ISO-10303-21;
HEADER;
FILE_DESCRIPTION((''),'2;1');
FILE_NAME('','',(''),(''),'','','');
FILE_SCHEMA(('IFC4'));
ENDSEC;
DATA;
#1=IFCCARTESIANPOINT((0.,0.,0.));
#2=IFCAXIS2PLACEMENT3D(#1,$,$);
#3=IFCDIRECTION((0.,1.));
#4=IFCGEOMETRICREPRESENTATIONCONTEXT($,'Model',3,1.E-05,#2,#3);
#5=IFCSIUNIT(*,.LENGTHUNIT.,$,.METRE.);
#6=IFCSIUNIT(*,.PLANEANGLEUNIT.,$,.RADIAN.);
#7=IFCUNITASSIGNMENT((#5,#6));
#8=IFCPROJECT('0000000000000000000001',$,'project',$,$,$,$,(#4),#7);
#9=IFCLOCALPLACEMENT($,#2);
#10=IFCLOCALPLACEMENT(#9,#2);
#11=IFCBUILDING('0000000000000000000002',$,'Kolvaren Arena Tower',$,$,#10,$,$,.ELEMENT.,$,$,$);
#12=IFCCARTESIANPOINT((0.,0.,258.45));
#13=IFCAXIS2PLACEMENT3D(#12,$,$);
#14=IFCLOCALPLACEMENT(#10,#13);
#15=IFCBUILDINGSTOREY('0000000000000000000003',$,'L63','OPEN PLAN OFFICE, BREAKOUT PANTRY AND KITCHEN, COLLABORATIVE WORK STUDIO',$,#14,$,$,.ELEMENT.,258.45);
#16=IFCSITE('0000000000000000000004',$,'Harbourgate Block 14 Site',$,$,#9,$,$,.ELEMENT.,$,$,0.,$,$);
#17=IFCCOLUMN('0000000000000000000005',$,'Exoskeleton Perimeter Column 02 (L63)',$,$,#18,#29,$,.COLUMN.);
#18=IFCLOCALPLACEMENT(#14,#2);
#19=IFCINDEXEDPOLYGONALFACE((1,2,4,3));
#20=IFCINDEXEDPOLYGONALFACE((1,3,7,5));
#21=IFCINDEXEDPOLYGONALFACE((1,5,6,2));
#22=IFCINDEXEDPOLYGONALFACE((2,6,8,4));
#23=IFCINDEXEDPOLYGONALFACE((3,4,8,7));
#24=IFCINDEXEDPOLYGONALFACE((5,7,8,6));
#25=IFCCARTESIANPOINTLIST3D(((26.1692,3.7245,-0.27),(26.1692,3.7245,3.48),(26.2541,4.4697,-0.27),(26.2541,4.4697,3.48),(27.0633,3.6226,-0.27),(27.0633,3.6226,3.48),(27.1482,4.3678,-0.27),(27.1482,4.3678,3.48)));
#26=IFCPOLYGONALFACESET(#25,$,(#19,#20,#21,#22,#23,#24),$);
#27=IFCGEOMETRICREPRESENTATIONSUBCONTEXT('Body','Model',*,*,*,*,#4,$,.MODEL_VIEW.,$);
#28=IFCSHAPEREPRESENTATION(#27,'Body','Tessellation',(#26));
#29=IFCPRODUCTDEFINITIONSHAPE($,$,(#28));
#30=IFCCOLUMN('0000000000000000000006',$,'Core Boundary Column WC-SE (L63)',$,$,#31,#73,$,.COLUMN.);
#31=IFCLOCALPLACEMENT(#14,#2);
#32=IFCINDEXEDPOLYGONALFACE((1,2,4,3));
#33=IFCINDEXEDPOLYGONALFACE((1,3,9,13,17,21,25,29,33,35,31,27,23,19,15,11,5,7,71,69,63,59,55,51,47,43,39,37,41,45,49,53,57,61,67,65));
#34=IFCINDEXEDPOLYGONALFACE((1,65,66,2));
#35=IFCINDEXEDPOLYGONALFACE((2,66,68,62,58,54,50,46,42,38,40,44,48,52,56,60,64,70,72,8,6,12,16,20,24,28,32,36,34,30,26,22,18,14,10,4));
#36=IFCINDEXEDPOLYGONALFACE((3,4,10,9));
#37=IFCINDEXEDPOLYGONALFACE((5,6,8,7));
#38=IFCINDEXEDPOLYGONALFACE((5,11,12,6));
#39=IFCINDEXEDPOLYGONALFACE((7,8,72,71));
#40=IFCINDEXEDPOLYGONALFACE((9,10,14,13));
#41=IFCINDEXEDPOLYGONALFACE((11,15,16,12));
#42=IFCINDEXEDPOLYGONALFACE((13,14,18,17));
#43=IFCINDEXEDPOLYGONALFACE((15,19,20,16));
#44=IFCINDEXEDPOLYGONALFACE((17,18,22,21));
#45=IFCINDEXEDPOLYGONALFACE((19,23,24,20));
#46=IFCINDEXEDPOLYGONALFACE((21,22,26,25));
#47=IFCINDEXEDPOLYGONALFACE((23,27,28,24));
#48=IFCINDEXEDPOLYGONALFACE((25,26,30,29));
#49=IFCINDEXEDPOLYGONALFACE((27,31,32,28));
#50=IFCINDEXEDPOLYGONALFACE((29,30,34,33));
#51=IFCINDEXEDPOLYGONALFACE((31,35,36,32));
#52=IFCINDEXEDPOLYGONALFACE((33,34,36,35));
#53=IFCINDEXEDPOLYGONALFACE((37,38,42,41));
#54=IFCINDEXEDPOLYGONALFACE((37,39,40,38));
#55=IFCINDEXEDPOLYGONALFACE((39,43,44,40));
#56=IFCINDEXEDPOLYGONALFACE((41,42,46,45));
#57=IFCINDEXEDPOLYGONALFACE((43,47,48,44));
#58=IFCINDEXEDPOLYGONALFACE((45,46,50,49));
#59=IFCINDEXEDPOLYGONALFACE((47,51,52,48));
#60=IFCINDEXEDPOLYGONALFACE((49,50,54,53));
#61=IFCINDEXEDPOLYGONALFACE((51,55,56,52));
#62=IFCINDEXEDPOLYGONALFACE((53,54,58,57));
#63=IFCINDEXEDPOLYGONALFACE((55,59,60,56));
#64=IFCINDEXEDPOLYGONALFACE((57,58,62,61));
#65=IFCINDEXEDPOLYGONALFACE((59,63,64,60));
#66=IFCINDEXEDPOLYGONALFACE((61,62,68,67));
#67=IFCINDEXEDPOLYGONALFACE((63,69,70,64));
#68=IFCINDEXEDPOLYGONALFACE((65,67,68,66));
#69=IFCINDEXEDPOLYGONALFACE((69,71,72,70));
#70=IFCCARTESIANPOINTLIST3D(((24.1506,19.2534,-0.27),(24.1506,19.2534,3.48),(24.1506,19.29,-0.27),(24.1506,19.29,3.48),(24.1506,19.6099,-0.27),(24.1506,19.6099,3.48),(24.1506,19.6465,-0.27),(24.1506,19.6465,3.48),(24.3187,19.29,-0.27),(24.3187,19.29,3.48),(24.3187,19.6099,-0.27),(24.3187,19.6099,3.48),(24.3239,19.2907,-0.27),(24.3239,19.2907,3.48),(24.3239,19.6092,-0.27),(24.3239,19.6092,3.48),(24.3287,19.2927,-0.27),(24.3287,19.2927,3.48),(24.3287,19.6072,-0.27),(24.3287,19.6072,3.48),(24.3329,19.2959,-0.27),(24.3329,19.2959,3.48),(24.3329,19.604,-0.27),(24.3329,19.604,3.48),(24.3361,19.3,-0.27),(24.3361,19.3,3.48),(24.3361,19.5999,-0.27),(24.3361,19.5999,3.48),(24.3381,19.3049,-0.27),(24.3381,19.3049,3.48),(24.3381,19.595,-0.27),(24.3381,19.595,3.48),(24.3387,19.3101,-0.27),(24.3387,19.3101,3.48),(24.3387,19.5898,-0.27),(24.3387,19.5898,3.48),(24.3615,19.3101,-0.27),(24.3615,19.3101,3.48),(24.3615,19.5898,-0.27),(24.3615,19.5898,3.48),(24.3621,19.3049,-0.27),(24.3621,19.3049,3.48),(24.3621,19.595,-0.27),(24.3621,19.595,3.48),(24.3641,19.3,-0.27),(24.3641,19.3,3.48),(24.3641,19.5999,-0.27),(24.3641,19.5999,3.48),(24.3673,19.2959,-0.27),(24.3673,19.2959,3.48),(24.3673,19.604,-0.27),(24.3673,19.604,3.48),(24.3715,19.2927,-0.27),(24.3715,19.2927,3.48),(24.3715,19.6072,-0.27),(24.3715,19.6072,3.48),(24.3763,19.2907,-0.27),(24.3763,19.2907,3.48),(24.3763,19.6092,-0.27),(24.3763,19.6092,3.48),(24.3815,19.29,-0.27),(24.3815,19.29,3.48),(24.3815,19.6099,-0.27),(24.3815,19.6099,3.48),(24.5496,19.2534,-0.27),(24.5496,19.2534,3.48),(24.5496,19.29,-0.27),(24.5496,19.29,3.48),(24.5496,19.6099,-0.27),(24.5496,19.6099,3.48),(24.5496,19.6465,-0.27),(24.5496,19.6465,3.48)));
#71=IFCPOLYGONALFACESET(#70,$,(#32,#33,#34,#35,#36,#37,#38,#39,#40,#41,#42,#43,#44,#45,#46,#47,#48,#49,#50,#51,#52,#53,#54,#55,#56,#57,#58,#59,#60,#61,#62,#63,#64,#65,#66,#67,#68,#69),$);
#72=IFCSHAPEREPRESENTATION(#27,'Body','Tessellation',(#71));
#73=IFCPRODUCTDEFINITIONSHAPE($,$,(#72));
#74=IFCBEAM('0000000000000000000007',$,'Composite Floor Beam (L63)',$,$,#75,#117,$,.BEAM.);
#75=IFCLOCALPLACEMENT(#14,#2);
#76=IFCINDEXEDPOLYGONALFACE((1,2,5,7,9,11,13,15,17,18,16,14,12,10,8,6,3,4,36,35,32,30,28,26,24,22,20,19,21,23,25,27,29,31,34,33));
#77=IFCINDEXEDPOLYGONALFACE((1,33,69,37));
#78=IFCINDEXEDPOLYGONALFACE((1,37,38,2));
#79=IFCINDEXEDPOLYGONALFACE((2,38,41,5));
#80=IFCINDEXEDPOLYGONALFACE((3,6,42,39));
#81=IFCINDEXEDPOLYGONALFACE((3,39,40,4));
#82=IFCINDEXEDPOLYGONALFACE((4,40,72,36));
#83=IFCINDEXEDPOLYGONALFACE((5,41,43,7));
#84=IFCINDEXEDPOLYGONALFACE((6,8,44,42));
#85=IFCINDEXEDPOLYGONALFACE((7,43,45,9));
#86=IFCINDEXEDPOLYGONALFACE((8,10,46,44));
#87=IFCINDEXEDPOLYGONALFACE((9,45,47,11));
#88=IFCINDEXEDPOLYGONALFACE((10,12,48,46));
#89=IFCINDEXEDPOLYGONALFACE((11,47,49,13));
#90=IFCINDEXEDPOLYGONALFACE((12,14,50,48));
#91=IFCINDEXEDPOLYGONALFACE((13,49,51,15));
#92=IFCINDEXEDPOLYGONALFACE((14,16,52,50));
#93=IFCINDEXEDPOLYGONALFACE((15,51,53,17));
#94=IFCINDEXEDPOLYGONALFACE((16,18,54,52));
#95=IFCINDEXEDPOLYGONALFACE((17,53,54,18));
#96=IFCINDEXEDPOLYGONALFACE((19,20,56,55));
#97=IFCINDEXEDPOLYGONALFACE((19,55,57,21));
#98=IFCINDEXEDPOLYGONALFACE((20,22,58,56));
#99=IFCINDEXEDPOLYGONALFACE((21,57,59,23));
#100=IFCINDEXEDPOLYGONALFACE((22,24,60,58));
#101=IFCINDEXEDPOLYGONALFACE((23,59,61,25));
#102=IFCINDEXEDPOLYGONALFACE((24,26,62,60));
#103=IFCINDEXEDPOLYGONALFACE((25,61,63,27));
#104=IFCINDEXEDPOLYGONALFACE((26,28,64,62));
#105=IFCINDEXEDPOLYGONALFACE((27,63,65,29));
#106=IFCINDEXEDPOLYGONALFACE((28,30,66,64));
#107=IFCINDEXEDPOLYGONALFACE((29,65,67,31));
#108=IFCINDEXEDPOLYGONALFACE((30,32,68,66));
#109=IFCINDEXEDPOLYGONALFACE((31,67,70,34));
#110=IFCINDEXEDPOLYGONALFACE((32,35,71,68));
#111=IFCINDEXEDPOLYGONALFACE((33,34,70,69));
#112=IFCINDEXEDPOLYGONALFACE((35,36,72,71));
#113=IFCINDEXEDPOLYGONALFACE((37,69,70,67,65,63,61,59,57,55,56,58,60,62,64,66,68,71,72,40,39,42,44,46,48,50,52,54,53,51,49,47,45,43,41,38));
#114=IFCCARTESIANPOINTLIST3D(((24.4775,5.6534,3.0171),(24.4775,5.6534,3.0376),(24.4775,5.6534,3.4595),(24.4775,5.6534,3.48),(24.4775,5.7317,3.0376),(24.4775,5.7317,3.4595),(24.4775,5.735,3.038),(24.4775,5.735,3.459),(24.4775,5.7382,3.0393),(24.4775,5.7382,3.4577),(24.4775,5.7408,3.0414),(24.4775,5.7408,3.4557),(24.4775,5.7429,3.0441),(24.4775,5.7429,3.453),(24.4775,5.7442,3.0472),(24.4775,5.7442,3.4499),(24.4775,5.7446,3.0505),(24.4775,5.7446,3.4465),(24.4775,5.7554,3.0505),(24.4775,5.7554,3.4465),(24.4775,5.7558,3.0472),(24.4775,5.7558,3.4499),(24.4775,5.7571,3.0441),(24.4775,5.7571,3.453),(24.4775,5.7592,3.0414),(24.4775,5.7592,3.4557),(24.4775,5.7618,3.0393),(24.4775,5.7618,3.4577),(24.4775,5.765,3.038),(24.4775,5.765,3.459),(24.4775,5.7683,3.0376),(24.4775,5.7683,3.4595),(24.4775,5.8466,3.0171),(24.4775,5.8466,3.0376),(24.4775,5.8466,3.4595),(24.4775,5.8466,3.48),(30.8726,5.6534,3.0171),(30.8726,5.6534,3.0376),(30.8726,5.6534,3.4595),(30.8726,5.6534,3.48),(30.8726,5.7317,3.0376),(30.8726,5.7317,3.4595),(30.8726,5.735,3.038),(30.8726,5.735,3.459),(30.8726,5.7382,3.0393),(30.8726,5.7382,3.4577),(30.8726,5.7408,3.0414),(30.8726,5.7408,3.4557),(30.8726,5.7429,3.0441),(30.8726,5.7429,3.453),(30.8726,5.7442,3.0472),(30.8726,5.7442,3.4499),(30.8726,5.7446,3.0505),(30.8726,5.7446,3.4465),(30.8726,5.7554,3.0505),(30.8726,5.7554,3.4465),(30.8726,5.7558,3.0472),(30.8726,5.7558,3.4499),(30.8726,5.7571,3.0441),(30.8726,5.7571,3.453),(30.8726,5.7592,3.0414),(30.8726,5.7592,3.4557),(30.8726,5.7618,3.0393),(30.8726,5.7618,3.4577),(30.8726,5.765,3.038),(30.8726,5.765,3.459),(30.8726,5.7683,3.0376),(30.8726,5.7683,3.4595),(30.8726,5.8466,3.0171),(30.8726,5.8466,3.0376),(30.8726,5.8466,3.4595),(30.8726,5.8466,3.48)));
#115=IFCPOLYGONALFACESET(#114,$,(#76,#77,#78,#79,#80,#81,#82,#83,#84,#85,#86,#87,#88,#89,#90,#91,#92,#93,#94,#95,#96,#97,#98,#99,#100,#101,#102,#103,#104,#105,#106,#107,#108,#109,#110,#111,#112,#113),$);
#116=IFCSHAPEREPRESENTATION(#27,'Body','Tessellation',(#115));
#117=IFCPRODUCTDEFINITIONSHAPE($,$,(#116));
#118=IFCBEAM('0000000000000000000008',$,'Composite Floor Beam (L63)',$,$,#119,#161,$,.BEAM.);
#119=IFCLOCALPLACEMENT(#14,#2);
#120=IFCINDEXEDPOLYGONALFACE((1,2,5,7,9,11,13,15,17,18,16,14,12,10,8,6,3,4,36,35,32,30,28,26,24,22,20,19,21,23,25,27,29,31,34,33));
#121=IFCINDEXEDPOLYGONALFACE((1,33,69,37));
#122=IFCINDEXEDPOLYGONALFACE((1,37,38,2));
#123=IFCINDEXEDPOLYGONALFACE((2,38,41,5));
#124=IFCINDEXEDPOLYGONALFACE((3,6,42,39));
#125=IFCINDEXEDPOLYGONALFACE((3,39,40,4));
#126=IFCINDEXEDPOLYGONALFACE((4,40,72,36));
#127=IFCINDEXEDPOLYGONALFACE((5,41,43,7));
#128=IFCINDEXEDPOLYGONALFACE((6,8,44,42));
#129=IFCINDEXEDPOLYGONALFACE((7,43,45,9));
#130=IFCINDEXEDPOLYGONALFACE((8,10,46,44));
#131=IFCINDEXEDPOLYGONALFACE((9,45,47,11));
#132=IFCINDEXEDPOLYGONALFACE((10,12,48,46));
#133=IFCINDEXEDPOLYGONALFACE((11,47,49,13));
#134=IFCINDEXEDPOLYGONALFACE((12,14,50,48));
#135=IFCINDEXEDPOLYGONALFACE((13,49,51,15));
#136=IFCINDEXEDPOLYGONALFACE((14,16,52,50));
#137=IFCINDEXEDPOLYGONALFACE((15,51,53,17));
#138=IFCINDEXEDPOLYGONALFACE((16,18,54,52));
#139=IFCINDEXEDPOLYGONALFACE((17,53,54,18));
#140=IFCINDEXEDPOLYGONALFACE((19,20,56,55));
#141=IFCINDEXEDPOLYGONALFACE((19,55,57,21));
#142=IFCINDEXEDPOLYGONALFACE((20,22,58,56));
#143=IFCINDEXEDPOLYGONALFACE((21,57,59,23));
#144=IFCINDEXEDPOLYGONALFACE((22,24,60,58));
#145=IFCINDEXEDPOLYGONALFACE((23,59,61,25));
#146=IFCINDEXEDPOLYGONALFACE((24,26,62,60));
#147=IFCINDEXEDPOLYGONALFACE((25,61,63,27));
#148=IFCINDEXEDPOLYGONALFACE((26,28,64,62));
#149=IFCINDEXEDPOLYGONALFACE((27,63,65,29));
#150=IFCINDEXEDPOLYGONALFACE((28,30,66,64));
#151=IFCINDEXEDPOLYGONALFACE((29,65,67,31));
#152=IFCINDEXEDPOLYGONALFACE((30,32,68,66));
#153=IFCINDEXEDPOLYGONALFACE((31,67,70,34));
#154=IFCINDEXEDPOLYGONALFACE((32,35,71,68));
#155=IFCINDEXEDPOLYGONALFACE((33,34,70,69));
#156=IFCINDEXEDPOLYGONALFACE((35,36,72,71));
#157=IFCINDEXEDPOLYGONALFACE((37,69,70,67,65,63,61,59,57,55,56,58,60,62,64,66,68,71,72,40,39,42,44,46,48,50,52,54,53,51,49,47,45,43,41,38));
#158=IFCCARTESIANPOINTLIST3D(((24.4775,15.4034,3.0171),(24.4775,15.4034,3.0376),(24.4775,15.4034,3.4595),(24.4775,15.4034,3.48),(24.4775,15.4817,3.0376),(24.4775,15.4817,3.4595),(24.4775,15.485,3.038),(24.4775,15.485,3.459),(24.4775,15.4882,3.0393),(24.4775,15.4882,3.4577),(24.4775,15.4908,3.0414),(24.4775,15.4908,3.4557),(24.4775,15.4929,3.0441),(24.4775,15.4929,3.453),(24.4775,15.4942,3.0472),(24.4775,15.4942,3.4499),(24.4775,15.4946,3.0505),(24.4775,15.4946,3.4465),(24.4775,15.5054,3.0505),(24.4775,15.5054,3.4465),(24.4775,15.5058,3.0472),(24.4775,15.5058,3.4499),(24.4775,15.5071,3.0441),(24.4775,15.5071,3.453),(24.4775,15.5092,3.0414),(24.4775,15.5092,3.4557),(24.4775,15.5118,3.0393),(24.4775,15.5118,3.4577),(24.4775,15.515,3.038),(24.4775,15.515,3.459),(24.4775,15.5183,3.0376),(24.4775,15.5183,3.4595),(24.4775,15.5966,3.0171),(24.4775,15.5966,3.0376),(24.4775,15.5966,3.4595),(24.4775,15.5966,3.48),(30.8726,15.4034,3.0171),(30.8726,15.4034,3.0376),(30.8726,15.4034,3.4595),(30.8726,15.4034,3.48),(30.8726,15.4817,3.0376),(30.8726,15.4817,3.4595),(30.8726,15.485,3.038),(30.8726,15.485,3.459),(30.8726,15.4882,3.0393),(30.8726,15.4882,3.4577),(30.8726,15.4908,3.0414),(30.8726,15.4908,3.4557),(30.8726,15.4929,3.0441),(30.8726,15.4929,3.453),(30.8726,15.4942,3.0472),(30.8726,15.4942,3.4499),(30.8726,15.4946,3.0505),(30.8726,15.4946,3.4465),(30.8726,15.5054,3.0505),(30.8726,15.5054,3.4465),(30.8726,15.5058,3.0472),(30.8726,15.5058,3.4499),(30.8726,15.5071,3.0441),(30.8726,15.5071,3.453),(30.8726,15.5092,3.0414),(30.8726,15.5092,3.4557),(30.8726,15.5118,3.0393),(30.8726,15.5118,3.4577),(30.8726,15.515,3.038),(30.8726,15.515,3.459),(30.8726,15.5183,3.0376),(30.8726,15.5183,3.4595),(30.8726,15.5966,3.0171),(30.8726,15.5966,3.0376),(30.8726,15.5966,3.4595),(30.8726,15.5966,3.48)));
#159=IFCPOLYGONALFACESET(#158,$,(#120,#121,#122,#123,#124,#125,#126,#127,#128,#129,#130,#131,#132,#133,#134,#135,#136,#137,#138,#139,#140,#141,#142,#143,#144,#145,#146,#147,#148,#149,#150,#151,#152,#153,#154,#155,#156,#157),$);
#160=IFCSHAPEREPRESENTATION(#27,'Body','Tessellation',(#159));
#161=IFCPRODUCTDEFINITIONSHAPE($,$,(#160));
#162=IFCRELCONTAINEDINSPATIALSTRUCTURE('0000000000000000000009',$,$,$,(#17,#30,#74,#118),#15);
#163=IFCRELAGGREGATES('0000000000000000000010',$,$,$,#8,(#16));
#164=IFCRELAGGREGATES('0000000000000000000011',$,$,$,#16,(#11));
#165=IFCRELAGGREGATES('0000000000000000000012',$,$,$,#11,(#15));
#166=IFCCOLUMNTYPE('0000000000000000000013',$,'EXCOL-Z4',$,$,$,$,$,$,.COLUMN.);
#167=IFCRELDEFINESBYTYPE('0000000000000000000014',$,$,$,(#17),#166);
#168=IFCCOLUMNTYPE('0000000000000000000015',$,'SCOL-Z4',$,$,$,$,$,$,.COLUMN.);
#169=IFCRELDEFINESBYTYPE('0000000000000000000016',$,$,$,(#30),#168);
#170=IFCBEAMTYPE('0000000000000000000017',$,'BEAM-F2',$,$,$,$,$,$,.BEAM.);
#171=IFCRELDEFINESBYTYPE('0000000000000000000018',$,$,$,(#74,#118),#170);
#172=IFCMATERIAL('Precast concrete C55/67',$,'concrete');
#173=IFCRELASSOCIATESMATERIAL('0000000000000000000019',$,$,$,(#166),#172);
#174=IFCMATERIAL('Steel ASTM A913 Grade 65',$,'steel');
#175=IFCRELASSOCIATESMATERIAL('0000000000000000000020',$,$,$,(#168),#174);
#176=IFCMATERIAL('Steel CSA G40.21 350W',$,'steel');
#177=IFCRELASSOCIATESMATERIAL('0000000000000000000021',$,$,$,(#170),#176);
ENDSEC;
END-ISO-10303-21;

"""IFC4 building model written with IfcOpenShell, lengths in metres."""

from ifc_helpers import new_model, si_unit, direction, frame, origin, origin_2d, place, context, subcontext, project, spatial, rectangle, i_section, extrude, material, material_profile, profile_set, type_object, element, save


model = new_model("IFC4")

# Units and contexts
model_context = context("Model", 3, precision=1e-05, world=origin(), true_north=direction((0.0, 1.0)))
body_context = subcontext(model_context, "Body", "Model", "MODEL_VIEW")
ifc_project = project(units=[si_unit("LENGTHUNIT", "METRE"), si_unit("PLANEANGLEUNIT", "RADIAN")], contexts=[model_context])

# Site, building, storey
site_placement = place(None, origin())
site = spatial("IfcSite", under=ifc_project, at=site_placement, Name="Harbourgate Block 14 Site", CompositionType="ELEMENT", RefElevation=0.0)
building_placement = place(site_placement, origin())
building = spatial("IfcBuilding", under=site, at=building_placement, Name="Kolvaren Arena Tower", CompositionType="ELEMENT")
storey_placement = place(building_placement, frame((0.0, 0.0, 258.45)))
storey = spatial("IfcBuildingStorey", under=building, at=storey_placement, Name="L63", Description="OPEN PLAN OFFICE, BREAKOUT PANTRY AND KITCHEN, COLLABORATIVE WORK STUDIO", CompositionType="ELEMENT", Elevation=258.45)

# Columns
ifc_material_1 = material(Name="Precast concrete C55/67", Category="concrete")
ifc_material_profile_1 = material_profile(ifc_material_1, rectangle(XDim=0.8999, YDim=0.75, at=origin_2d()), Name="RC-900x750")
ifc_profile_set_1 = profile_set([ifc_material_profile_1], Name="Precast concrete C55/67")
column_type_1 = type_object("IfcColumnType", Name="EXCOL-Z4", PredefinedType="COLUMN", material=ifc_profile_set_1)
column_1_placement = place(storey_placement, frame((26.6587, 4.0461, -0.27), z_axis=(0.0, 0.0, 1.0), x_axis=(0.993572, -0.113203, 0.0)))
element("IfcColumn", 1, at=column_1_placement, inside=storey, type_object=column_type_1, Name="Exoskeleton Perimeter Column 02 (L63)", PredefinedType="COLUMN", context=body_context, shape_type="SweptSolid", body=[
    extrude(rectangle(XDim=0.8999, YDim=0.75, at=origin_2d()), origin(), (0.0, 0.0, 1.0), 3.75),
])
ifc_material_2 = material(Name="Steel ASTM A913 Grade 65", Category="steel")
ifc_material_profile_2 = material_profile(ifc_material_2, i_section(OverallWidth=0.3989, OverallDepth=0.3931, WebThickness=0.0227, FlangeThickness=0.0366, FilletRadius=0.02, at=origin_2d()), Name="W360x287")
ifc_profile_set_2 = profile_set([ifc_material_profile_2], Name="Steel ASTM A913 Grade 65")
column_type_2 = type_object("IfcColumnType", Name="SCOL-Z4", PredefinedType="COLUMN", material=ifc_profile_set_2)
column_2_placement = place(storey_placement, frame((24.3501, 19.45, -0.27), z_axis=(0.0, 0.0, 1.0), x_axis=(1.0, 0.0, 0.0)))
element("IfcColumn", 2, at=column_2_placement, inside=storey, type_object=column_type_2, Name="Core Boundary Column WC-SE (L63)", PredefinedType="COLUMN", context=body_context, shape_type="SweptSolid", body=[
    extrude(i_section(OverallWidth=0.3989, OverallDepth=0.3931, WebThickness=0.0227, FlangeThickness=0.0366, FilletRadius=0.02, at=origin_2d()), origin(), (0.0, 0.0, 1.0), 3.75),
])

# Beams
ifc_material_3 = material(Name="Steel CSA G40.21 350W", Category="steel")
ifc_material_profile_3 = material_profile(ifc_material_3, i_section(OverallWidth=0.1931, OverallDepth=0.4629, WebThickness=0.0107, FlangeThickness=0.0205, FilletRadius=0.0129, at=origin_2d()), Name="W460x113")
ifc_profile_set_3 = profile_set([ifc_material_profile_3], Name="Steel CSA G40.21 350W")
beam_type_1 = type_object("IfcBeamType", Name="BEAM-F2", PredefinedType="BEAM", material=ifc_profile_set_3)
for number, where, z_axis, x_axis, name in (
    (3, (24.4775, 5.75, 3.2485), (1.0, 0.0, 0.0), (0.0, 1.0, 0.0), "Composite Floor Beam (L63)"),
    (4, (24.4775, 15.5, 3.2485), (1.0, 0.0, 0.0), (0.0, 1.0, 0.0), "Composite Floor Beam (L63)"),
):
    element("IfcBeam", number, at=place(storey_placement, frame(where, z_axis=z_axis, x_axis=x_axis)), inside=storey, type_object=beam_type_1, Name=name, PredefinedType="BEAM", context=body_context, shape_type="SweptSolid", body=[
        extrude(i_section(OverallWidth=0.1931, OverallDepth=0.4629, WebThickness=0.0107, FlangeThickness=0.0205, FilletRadius=0.0129, at=origin_2d()), origin(), (0.0, 0.0, 1.0), 6.395),
    ])

save(model, "model.ifc")
